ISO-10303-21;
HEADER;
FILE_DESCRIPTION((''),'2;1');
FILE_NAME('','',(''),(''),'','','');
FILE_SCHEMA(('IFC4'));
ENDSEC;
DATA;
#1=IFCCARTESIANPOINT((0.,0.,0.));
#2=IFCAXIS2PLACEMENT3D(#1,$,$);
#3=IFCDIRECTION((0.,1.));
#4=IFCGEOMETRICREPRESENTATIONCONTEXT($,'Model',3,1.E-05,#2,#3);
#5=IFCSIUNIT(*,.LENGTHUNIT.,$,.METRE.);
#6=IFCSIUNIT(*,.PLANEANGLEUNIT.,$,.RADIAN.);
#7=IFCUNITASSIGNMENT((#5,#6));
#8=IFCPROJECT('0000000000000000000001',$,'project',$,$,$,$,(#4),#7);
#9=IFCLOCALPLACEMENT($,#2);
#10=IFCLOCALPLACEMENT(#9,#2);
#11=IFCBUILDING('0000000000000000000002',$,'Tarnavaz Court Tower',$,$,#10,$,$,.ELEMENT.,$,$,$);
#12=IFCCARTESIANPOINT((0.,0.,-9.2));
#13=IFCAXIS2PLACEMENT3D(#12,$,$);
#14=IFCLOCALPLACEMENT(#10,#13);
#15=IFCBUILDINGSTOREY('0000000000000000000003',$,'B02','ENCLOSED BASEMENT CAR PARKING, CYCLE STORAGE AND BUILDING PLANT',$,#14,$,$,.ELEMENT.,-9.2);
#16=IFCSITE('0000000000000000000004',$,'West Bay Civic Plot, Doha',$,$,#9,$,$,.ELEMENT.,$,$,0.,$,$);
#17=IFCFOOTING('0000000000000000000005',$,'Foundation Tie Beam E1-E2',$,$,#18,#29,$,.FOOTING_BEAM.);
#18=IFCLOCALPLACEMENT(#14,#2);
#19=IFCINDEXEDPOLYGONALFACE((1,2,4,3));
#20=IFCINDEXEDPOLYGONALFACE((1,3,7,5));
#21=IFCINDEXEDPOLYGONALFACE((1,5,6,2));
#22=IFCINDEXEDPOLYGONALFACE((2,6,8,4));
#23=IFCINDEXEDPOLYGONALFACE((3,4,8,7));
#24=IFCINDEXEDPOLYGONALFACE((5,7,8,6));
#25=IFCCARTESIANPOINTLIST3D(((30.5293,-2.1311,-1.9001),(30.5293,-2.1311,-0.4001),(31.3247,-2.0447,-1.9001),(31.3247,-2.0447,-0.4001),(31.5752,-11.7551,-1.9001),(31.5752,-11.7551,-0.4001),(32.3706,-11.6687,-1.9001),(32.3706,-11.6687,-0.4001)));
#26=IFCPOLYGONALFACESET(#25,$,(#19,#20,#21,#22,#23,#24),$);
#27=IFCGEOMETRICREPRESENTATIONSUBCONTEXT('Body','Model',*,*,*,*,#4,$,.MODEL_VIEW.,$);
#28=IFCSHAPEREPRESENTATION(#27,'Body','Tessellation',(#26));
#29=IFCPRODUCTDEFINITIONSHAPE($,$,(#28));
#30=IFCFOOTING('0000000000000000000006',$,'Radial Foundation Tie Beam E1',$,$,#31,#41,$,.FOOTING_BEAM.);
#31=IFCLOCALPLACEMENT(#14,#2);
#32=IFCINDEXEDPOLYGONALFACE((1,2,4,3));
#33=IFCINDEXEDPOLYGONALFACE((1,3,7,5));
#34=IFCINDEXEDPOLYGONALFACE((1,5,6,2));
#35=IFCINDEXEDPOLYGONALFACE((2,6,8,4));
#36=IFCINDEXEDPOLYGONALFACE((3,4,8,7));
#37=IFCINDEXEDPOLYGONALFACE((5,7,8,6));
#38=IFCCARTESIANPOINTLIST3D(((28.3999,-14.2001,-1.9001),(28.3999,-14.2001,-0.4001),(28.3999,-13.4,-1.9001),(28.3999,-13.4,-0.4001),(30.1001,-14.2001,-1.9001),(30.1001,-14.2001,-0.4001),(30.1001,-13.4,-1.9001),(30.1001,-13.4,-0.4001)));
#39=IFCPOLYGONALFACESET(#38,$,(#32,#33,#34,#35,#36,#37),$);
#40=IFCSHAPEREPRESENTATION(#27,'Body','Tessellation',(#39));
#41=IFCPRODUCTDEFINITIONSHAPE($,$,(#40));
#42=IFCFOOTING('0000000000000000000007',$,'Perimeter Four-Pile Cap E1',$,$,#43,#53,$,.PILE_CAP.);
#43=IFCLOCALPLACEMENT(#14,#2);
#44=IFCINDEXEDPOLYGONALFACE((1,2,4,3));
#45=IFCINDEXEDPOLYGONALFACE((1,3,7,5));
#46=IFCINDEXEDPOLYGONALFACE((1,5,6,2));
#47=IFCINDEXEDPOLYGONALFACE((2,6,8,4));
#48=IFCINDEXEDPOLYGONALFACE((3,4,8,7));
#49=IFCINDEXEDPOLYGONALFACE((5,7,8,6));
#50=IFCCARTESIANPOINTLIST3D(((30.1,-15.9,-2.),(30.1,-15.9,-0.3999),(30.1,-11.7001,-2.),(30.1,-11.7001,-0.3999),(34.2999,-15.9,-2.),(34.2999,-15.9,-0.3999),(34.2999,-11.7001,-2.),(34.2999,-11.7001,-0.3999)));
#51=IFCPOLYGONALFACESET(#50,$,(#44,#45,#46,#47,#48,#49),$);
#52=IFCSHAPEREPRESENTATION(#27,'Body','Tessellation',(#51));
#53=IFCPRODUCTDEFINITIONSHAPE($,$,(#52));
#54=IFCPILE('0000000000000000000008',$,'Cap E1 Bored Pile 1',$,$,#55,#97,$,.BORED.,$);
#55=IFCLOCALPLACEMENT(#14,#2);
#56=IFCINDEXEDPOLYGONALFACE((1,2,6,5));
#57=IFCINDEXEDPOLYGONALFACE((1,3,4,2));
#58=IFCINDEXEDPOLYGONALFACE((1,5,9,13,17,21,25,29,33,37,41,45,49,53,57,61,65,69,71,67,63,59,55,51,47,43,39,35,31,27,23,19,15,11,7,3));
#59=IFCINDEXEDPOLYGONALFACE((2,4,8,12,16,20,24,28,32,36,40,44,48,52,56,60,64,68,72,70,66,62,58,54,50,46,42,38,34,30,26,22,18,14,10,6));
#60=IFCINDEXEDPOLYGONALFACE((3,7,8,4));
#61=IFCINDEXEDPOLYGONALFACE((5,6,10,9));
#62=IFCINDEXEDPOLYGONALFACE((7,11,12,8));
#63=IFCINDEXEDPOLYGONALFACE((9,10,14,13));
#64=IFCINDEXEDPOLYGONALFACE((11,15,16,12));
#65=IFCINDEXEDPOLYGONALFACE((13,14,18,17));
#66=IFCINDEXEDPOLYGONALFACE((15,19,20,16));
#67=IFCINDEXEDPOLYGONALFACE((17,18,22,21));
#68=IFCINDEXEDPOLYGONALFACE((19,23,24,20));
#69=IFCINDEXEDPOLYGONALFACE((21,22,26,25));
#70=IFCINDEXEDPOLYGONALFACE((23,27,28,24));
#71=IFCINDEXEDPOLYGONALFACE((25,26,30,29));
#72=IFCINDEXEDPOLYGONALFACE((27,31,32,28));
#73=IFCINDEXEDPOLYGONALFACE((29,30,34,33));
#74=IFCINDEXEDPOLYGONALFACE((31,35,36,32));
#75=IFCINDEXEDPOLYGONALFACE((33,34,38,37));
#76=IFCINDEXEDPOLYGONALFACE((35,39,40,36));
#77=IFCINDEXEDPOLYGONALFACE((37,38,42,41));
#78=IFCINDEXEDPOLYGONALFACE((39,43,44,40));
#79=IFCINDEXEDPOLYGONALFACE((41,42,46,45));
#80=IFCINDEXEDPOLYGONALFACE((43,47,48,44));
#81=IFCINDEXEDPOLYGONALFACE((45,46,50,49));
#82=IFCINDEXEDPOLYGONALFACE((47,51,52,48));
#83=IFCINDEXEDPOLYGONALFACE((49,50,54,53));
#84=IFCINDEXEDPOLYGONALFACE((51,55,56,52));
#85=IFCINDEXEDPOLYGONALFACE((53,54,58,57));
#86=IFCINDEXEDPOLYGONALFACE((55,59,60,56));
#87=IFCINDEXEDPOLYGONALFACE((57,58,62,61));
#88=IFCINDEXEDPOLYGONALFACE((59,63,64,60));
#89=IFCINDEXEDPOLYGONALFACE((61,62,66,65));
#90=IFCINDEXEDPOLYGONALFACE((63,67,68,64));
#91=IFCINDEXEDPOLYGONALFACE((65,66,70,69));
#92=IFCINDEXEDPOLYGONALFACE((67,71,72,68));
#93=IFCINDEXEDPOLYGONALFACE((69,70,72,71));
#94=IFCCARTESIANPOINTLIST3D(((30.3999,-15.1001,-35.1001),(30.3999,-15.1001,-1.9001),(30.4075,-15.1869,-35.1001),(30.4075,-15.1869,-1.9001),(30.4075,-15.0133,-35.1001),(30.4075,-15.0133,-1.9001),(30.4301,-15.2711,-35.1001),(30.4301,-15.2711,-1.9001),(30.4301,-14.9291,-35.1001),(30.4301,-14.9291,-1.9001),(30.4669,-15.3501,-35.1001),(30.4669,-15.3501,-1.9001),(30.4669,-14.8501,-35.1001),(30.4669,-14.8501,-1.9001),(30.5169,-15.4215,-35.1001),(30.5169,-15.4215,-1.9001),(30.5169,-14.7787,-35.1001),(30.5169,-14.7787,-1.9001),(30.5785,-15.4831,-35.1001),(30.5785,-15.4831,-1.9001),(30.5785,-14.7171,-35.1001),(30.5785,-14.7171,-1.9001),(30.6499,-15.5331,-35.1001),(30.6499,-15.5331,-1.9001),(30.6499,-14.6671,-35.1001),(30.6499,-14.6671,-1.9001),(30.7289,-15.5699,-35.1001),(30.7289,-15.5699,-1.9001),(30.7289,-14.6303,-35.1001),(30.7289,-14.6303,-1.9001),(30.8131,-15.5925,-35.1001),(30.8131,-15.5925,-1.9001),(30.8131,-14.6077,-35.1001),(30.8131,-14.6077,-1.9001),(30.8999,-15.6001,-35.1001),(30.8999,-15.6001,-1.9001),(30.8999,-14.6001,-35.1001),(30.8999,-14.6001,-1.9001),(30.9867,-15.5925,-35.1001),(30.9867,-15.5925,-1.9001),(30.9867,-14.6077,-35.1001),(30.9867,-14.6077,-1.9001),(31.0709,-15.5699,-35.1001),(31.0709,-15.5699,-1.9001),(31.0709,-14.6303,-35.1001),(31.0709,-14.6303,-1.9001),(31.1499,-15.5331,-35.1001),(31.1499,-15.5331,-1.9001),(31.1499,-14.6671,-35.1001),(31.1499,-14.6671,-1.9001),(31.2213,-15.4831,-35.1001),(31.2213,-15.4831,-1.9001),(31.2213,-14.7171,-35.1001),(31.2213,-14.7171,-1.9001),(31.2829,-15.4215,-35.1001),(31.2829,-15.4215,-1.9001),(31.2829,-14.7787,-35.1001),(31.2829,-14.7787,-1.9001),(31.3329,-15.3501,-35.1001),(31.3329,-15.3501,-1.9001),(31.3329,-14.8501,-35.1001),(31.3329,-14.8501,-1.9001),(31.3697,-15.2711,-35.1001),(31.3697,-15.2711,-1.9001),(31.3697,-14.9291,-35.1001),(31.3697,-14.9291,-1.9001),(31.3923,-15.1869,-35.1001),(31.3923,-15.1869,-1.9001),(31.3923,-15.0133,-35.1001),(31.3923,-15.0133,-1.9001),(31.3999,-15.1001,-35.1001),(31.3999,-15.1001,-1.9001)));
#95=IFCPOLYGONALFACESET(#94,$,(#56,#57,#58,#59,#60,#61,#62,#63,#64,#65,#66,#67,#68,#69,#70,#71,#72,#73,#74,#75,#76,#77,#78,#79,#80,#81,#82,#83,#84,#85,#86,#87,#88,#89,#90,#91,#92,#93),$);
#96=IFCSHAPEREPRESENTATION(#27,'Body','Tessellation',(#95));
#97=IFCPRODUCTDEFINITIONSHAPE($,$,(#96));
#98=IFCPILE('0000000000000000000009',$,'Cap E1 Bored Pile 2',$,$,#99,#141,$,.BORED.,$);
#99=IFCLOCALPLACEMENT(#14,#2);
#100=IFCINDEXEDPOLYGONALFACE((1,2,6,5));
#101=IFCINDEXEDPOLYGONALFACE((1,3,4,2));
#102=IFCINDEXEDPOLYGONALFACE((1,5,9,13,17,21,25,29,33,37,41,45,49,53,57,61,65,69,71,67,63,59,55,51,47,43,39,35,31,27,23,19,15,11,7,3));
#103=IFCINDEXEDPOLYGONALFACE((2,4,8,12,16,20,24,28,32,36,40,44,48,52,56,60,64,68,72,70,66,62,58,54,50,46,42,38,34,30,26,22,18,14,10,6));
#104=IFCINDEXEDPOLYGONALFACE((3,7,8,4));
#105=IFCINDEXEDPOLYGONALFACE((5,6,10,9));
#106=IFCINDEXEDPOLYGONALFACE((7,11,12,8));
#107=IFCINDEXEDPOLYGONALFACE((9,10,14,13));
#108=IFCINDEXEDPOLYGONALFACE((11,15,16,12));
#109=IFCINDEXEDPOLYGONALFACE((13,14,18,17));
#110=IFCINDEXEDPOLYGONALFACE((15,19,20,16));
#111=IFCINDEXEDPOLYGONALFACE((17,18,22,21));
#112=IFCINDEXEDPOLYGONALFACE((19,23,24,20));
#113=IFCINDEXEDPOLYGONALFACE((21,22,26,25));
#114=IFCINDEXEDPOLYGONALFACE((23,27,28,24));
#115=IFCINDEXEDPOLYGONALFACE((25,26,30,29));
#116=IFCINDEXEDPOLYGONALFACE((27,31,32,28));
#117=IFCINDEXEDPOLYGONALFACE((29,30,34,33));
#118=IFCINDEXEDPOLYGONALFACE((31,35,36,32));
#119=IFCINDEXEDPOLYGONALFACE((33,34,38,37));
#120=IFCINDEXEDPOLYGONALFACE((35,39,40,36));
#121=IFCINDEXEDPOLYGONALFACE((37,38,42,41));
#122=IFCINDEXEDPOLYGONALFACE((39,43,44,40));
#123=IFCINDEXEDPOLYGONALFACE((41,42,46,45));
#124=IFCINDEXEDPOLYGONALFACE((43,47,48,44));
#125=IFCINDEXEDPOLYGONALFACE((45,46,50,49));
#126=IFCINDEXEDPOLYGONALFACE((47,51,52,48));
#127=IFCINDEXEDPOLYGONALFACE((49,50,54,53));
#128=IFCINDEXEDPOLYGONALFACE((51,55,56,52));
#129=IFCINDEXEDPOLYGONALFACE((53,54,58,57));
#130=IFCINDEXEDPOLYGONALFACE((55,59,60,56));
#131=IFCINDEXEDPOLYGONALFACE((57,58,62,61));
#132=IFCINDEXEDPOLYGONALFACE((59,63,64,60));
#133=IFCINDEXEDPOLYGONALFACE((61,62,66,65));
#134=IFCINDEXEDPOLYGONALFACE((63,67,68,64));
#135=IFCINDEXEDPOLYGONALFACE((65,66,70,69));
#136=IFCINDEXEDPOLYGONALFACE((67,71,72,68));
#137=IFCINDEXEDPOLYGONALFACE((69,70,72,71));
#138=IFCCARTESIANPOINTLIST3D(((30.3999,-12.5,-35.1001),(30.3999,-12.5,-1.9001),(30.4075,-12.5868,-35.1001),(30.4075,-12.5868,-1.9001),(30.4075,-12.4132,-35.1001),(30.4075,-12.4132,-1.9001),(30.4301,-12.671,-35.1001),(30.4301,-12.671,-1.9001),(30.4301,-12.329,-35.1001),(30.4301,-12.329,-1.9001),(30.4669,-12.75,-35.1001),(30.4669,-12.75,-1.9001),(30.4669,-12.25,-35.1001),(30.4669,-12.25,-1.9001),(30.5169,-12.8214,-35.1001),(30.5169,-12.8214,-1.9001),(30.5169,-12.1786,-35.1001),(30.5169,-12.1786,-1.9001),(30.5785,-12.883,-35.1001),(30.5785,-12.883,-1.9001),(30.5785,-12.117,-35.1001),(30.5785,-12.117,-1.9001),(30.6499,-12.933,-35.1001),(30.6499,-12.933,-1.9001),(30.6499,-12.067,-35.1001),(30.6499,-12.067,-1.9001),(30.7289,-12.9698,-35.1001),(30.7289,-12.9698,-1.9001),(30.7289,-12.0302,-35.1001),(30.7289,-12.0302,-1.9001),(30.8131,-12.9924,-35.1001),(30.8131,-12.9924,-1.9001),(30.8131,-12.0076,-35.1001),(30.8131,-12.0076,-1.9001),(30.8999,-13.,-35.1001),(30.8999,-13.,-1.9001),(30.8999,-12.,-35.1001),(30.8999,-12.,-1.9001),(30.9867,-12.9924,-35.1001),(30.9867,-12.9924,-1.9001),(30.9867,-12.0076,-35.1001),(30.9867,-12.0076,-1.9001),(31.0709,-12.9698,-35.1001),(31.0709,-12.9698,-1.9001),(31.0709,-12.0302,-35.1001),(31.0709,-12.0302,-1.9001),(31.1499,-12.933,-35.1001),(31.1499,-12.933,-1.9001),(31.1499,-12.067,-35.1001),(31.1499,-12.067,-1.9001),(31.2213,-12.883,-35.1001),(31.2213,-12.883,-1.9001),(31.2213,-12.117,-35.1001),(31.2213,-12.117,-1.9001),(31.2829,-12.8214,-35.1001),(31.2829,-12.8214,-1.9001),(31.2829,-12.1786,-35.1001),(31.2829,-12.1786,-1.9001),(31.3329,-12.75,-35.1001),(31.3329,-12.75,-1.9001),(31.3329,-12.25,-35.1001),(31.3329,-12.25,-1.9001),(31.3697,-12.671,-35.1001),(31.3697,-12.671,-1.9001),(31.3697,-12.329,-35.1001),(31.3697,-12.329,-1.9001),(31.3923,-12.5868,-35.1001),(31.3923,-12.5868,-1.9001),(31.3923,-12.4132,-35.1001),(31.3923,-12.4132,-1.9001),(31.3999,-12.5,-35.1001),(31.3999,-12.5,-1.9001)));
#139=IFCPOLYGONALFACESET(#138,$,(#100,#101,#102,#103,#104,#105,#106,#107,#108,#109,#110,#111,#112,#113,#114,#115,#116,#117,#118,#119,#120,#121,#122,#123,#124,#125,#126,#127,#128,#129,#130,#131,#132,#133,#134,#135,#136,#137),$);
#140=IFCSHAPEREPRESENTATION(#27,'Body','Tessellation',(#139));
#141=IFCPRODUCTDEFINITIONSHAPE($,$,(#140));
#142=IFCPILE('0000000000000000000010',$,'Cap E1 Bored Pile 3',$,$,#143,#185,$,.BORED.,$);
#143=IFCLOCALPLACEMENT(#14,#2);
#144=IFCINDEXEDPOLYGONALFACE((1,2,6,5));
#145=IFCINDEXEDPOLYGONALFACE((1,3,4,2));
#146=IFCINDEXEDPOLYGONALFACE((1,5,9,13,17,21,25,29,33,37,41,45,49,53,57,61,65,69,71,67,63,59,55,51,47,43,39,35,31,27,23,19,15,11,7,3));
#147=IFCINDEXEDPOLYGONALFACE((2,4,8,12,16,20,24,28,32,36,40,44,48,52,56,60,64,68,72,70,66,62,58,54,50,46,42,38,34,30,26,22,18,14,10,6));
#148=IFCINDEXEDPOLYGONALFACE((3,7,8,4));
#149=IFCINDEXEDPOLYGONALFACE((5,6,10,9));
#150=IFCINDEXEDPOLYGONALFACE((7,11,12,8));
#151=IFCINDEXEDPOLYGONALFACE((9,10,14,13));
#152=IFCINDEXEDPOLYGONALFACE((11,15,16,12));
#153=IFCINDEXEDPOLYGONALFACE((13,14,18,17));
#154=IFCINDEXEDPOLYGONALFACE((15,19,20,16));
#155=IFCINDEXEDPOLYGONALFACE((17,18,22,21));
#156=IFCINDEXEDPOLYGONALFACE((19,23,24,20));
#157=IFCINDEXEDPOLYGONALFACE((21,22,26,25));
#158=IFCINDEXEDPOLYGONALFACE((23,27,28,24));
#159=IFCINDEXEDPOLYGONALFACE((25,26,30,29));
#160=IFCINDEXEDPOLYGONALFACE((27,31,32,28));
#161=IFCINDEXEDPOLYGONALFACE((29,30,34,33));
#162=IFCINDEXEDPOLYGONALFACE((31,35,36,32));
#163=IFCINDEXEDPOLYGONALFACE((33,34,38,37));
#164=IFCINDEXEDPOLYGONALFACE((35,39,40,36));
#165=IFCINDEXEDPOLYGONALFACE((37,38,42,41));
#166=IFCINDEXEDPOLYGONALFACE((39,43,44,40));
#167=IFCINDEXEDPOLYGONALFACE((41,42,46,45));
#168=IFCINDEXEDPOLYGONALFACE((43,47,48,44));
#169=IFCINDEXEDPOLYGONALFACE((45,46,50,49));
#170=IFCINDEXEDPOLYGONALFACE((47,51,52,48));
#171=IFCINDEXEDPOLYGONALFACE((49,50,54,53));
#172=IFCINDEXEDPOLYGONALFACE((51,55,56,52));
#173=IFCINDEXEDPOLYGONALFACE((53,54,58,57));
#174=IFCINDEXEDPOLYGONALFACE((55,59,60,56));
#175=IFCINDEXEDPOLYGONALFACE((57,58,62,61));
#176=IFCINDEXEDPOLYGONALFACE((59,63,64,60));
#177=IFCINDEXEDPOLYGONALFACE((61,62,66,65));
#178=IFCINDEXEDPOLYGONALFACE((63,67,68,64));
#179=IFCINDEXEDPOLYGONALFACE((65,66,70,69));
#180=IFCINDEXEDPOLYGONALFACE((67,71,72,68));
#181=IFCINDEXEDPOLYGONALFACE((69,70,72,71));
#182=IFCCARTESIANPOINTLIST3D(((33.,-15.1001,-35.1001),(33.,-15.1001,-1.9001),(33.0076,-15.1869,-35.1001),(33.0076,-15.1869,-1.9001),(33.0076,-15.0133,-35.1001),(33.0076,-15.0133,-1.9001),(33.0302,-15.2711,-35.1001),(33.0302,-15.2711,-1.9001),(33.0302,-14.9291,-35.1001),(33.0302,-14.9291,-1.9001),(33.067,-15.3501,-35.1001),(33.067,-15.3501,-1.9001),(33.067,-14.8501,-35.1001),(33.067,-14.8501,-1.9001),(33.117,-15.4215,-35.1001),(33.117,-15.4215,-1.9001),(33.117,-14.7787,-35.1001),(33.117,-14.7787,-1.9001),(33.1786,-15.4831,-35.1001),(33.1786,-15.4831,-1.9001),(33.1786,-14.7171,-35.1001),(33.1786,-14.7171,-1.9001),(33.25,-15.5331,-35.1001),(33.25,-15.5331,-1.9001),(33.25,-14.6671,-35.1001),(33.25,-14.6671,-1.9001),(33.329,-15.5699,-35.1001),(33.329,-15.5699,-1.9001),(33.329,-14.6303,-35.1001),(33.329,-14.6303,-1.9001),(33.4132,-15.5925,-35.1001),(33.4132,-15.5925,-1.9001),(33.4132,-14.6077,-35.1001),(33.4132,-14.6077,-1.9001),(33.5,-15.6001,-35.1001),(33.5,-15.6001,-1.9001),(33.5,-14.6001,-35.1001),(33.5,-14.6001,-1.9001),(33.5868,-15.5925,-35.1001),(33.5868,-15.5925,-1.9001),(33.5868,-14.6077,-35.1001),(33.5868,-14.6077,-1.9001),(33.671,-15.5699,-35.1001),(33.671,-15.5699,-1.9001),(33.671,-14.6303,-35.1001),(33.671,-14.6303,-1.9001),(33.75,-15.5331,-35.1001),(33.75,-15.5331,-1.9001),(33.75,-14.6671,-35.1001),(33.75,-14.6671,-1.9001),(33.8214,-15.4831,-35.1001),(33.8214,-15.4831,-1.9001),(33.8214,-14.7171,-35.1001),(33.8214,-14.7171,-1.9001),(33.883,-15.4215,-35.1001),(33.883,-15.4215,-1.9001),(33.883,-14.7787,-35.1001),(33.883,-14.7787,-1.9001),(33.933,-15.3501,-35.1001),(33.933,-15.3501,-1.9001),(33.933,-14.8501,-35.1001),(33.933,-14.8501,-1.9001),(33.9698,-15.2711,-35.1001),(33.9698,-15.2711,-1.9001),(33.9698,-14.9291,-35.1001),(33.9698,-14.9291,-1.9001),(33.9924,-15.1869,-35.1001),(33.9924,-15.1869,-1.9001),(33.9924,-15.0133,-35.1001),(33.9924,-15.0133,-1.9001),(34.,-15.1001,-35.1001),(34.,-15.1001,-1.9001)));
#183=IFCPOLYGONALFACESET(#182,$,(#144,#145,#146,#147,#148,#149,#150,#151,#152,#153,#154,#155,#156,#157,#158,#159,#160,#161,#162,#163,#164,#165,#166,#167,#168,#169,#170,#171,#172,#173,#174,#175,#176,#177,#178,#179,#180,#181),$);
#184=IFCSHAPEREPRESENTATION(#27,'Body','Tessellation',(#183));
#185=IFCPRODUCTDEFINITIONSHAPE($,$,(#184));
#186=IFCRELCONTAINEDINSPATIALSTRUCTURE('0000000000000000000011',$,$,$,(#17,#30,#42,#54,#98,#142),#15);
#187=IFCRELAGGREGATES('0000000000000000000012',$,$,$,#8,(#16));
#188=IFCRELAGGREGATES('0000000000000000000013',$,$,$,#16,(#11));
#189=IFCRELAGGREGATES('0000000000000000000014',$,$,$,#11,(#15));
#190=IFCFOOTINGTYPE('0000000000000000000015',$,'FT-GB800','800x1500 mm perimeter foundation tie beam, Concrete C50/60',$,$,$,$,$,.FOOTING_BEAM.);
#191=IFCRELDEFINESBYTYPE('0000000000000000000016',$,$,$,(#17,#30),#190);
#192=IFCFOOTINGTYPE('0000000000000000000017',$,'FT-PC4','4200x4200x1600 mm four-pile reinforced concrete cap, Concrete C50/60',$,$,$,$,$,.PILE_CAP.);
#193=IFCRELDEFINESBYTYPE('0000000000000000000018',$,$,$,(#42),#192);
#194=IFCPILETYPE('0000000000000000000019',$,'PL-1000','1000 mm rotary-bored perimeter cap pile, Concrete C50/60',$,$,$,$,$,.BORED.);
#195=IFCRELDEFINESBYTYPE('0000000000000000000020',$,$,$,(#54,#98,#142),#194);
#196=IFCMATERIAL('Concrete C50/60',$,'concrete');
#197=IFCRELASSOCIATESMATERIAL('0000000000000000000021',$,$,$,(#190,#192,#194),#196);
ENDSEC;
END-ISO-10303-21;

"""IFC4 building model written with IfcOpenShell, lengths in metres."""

from ifc_helpers import new_model, si_unit, direction, frame, origin, origin_2d, place, context, subcontext, project, spatial, rectangle, circle, extrude, material, material_profile, profile_set, type_object, element, save


model = new_model("IFC4")

# Units and contexts
model_context = context("Model", 3, precision=1e-05, world=origin(), true_north=direction((0.0, 1.0)))
body_context = subcontext(model_context, "Body", "Model", "MODEL_VIEW")
ifc_project = project(units=[si_unit("LENGTHUNIT", "METRE"), si_unit("PLANEANGLEUNIT", "RADIAN")], contexts=[model_context])

# Site, building, storey
site_placement = place(None, origin())
site = spatial("IfcSite", under=ifc_project, at=site_placement, Name="West Bay Civic Plot, Doha", CompositionType="ELEMENT", RefElevation=0.0)
building_placement = place(site_placement, origin())
building = spatial("IfcBuilding", under=site, at=building_placement, Name="Tarnavaz Court Tower", CompositionType="ELEMENT")
storey_placement = place(building_placement, frame((0.0, 0.0, -9.2)))
storey = spatial("IfcBuildingStorey", under=building, at=storey_placement, Name="B02", Description="ENCLOSED BASEMENT CAR PARKING, CYCLE STORAGE AND BUILDING PLANT", CompositionType="ELEMENT", Elevation=-9.2)

# Footings
ifc_material_1 = material(Name="Concrete C50/60", Category="concrete")
ifc_material_profile_1 = material_profile(ifc_material_1, rectangle(XDim=0.8, YDim=1.5, at=origin_2d()), Name="RC 800X1500")
ifc_profile_set_1 = profile_set([ifc_material_profile_1], Name="Concrete C50/60")
footing_type_1 = type_object("IfcFootingType", Name="FT-GB800", Description="800x1500 mm perimeter foundation tie beam, Concrete C50/60", PredefinedType="FOOTING_BEAM", material=ifc_profile_set_1)
footing_1_placement = place(storey_placement, frame((31.9729, -11.7119, -1.1501), z_axis=(-0.10804, 0.994147, 0.0), x_axis=(-0.994147, -0.10804, 0.0)))
element("IfcFooting", 1, at=footing_1_placement, inside=storey, type_object=footing_type_1, Name="Foundation Tie Beam E1-E2", PredefinedType="FOOTING_BEAM", context=body_context, shape_type="SweptSolid", body=[
    extrude(rectangle(XDim=0.8, YDim=1.5, at=origin_2d()), origin(), (0.0, 0.0, 1.0), 9.6807),
])
footing_2_placement = place(storey_placement, frame((28.3999, -13.8, -1.1501), z_axis=(1.0, 0.0, 0.0), x_axis=(0.0, 1.0, 0.0)))
element("IfcFooting", 2, at=footing_2_placement, inside=storey, type_object=footing_type_1, Name="Radial Foundation Tie Beam E1", PredefinedType="FOOTING_BEAM", context=body_context, shape_type="SweptSolid", body=[
    extrude(rectangle(XDim=0.8, YDim=1.5, at=origin_2d()), origin(), (0.0, 0.0, 1.0), 1.7002),
])
footing_type_2 = type_object("IfcFootingType", Name="FT-PC4", Description="4200x4200x1600 mm four-pile reinforced concrete cap, Concrete C50/60", PredefinedType="PILE_CAP", material=ifc_material_1)
footing_3_placement = place(storey_placement, frame((32.2, -13.8, -2.0), z_axis=(0.0, 0.0, 1.0), x_axis=(1.0, 0.0, 0.0)))
element("IfcFooting", 3, at=footing_3_placement, inside=storey, type_object=footing_type_2, Name="Perimeter Four-Pile Cap E1", PredefinedType="PILE_CAP", context=body_context, shape_type="SweptSolid", body=[
    extrude(rectangle(XDim=4.2, YDim=4.2, at=origin_2d()), origin(), (0.0, 0.0, 1.0), 1.6001),
])

# Piles
ifc_material_profile_2 = material_profile(ifc_material_1, circle(Radius=0.5, at=origin_2d()), Name="PILE D1000")
ifc_profile_set_2 = profile_set([ifc_material_profile_2], Name="Concrete C50/60")
pile_type_1 = type_object("IfcPileType", Name="PL-1000", Description="1000 mm rotary-bored perimeter cap pile, Concrete C50/60", PredefinedType="BORED", material=ifc_profile_set_2)
for number, where, z_axis, x_axis, name in (
    (4, (30.8999, -15.1001, -1.9001), (0.0, 0.0, -1.0), (1.0, 0.0, 0.0), "Cap E1 Bored Pile 1"),
    (5, (30.8999, -12.5, -1.9001), (0.0, 0.0, -1.0), (1.0, 0.0, 0.0), "Cap E1 Bored Pile 2"),
    (6, (33.5, -15.1001, -1.9001), (0.0, 0.0, -1.0), (1.0, 0.0, 0.0), "Cap E1 Bored Pile 3"),
):
    element("IfcPile", number, at=place(storey_placement, frame(where, z_axis=z_axis, x_axis=x_axis)), inside=storey, type_object=pile_type_1, Name=name, PredefinedType="BORED", context=body_context, shape_type="SweptSolid", body=[
        extrude(circle(Radius=0.5, at=origin_2d()), origin(), (0.0, 0.0, 1.0), 33.2),
    ])

save(model, "model.ifc")
